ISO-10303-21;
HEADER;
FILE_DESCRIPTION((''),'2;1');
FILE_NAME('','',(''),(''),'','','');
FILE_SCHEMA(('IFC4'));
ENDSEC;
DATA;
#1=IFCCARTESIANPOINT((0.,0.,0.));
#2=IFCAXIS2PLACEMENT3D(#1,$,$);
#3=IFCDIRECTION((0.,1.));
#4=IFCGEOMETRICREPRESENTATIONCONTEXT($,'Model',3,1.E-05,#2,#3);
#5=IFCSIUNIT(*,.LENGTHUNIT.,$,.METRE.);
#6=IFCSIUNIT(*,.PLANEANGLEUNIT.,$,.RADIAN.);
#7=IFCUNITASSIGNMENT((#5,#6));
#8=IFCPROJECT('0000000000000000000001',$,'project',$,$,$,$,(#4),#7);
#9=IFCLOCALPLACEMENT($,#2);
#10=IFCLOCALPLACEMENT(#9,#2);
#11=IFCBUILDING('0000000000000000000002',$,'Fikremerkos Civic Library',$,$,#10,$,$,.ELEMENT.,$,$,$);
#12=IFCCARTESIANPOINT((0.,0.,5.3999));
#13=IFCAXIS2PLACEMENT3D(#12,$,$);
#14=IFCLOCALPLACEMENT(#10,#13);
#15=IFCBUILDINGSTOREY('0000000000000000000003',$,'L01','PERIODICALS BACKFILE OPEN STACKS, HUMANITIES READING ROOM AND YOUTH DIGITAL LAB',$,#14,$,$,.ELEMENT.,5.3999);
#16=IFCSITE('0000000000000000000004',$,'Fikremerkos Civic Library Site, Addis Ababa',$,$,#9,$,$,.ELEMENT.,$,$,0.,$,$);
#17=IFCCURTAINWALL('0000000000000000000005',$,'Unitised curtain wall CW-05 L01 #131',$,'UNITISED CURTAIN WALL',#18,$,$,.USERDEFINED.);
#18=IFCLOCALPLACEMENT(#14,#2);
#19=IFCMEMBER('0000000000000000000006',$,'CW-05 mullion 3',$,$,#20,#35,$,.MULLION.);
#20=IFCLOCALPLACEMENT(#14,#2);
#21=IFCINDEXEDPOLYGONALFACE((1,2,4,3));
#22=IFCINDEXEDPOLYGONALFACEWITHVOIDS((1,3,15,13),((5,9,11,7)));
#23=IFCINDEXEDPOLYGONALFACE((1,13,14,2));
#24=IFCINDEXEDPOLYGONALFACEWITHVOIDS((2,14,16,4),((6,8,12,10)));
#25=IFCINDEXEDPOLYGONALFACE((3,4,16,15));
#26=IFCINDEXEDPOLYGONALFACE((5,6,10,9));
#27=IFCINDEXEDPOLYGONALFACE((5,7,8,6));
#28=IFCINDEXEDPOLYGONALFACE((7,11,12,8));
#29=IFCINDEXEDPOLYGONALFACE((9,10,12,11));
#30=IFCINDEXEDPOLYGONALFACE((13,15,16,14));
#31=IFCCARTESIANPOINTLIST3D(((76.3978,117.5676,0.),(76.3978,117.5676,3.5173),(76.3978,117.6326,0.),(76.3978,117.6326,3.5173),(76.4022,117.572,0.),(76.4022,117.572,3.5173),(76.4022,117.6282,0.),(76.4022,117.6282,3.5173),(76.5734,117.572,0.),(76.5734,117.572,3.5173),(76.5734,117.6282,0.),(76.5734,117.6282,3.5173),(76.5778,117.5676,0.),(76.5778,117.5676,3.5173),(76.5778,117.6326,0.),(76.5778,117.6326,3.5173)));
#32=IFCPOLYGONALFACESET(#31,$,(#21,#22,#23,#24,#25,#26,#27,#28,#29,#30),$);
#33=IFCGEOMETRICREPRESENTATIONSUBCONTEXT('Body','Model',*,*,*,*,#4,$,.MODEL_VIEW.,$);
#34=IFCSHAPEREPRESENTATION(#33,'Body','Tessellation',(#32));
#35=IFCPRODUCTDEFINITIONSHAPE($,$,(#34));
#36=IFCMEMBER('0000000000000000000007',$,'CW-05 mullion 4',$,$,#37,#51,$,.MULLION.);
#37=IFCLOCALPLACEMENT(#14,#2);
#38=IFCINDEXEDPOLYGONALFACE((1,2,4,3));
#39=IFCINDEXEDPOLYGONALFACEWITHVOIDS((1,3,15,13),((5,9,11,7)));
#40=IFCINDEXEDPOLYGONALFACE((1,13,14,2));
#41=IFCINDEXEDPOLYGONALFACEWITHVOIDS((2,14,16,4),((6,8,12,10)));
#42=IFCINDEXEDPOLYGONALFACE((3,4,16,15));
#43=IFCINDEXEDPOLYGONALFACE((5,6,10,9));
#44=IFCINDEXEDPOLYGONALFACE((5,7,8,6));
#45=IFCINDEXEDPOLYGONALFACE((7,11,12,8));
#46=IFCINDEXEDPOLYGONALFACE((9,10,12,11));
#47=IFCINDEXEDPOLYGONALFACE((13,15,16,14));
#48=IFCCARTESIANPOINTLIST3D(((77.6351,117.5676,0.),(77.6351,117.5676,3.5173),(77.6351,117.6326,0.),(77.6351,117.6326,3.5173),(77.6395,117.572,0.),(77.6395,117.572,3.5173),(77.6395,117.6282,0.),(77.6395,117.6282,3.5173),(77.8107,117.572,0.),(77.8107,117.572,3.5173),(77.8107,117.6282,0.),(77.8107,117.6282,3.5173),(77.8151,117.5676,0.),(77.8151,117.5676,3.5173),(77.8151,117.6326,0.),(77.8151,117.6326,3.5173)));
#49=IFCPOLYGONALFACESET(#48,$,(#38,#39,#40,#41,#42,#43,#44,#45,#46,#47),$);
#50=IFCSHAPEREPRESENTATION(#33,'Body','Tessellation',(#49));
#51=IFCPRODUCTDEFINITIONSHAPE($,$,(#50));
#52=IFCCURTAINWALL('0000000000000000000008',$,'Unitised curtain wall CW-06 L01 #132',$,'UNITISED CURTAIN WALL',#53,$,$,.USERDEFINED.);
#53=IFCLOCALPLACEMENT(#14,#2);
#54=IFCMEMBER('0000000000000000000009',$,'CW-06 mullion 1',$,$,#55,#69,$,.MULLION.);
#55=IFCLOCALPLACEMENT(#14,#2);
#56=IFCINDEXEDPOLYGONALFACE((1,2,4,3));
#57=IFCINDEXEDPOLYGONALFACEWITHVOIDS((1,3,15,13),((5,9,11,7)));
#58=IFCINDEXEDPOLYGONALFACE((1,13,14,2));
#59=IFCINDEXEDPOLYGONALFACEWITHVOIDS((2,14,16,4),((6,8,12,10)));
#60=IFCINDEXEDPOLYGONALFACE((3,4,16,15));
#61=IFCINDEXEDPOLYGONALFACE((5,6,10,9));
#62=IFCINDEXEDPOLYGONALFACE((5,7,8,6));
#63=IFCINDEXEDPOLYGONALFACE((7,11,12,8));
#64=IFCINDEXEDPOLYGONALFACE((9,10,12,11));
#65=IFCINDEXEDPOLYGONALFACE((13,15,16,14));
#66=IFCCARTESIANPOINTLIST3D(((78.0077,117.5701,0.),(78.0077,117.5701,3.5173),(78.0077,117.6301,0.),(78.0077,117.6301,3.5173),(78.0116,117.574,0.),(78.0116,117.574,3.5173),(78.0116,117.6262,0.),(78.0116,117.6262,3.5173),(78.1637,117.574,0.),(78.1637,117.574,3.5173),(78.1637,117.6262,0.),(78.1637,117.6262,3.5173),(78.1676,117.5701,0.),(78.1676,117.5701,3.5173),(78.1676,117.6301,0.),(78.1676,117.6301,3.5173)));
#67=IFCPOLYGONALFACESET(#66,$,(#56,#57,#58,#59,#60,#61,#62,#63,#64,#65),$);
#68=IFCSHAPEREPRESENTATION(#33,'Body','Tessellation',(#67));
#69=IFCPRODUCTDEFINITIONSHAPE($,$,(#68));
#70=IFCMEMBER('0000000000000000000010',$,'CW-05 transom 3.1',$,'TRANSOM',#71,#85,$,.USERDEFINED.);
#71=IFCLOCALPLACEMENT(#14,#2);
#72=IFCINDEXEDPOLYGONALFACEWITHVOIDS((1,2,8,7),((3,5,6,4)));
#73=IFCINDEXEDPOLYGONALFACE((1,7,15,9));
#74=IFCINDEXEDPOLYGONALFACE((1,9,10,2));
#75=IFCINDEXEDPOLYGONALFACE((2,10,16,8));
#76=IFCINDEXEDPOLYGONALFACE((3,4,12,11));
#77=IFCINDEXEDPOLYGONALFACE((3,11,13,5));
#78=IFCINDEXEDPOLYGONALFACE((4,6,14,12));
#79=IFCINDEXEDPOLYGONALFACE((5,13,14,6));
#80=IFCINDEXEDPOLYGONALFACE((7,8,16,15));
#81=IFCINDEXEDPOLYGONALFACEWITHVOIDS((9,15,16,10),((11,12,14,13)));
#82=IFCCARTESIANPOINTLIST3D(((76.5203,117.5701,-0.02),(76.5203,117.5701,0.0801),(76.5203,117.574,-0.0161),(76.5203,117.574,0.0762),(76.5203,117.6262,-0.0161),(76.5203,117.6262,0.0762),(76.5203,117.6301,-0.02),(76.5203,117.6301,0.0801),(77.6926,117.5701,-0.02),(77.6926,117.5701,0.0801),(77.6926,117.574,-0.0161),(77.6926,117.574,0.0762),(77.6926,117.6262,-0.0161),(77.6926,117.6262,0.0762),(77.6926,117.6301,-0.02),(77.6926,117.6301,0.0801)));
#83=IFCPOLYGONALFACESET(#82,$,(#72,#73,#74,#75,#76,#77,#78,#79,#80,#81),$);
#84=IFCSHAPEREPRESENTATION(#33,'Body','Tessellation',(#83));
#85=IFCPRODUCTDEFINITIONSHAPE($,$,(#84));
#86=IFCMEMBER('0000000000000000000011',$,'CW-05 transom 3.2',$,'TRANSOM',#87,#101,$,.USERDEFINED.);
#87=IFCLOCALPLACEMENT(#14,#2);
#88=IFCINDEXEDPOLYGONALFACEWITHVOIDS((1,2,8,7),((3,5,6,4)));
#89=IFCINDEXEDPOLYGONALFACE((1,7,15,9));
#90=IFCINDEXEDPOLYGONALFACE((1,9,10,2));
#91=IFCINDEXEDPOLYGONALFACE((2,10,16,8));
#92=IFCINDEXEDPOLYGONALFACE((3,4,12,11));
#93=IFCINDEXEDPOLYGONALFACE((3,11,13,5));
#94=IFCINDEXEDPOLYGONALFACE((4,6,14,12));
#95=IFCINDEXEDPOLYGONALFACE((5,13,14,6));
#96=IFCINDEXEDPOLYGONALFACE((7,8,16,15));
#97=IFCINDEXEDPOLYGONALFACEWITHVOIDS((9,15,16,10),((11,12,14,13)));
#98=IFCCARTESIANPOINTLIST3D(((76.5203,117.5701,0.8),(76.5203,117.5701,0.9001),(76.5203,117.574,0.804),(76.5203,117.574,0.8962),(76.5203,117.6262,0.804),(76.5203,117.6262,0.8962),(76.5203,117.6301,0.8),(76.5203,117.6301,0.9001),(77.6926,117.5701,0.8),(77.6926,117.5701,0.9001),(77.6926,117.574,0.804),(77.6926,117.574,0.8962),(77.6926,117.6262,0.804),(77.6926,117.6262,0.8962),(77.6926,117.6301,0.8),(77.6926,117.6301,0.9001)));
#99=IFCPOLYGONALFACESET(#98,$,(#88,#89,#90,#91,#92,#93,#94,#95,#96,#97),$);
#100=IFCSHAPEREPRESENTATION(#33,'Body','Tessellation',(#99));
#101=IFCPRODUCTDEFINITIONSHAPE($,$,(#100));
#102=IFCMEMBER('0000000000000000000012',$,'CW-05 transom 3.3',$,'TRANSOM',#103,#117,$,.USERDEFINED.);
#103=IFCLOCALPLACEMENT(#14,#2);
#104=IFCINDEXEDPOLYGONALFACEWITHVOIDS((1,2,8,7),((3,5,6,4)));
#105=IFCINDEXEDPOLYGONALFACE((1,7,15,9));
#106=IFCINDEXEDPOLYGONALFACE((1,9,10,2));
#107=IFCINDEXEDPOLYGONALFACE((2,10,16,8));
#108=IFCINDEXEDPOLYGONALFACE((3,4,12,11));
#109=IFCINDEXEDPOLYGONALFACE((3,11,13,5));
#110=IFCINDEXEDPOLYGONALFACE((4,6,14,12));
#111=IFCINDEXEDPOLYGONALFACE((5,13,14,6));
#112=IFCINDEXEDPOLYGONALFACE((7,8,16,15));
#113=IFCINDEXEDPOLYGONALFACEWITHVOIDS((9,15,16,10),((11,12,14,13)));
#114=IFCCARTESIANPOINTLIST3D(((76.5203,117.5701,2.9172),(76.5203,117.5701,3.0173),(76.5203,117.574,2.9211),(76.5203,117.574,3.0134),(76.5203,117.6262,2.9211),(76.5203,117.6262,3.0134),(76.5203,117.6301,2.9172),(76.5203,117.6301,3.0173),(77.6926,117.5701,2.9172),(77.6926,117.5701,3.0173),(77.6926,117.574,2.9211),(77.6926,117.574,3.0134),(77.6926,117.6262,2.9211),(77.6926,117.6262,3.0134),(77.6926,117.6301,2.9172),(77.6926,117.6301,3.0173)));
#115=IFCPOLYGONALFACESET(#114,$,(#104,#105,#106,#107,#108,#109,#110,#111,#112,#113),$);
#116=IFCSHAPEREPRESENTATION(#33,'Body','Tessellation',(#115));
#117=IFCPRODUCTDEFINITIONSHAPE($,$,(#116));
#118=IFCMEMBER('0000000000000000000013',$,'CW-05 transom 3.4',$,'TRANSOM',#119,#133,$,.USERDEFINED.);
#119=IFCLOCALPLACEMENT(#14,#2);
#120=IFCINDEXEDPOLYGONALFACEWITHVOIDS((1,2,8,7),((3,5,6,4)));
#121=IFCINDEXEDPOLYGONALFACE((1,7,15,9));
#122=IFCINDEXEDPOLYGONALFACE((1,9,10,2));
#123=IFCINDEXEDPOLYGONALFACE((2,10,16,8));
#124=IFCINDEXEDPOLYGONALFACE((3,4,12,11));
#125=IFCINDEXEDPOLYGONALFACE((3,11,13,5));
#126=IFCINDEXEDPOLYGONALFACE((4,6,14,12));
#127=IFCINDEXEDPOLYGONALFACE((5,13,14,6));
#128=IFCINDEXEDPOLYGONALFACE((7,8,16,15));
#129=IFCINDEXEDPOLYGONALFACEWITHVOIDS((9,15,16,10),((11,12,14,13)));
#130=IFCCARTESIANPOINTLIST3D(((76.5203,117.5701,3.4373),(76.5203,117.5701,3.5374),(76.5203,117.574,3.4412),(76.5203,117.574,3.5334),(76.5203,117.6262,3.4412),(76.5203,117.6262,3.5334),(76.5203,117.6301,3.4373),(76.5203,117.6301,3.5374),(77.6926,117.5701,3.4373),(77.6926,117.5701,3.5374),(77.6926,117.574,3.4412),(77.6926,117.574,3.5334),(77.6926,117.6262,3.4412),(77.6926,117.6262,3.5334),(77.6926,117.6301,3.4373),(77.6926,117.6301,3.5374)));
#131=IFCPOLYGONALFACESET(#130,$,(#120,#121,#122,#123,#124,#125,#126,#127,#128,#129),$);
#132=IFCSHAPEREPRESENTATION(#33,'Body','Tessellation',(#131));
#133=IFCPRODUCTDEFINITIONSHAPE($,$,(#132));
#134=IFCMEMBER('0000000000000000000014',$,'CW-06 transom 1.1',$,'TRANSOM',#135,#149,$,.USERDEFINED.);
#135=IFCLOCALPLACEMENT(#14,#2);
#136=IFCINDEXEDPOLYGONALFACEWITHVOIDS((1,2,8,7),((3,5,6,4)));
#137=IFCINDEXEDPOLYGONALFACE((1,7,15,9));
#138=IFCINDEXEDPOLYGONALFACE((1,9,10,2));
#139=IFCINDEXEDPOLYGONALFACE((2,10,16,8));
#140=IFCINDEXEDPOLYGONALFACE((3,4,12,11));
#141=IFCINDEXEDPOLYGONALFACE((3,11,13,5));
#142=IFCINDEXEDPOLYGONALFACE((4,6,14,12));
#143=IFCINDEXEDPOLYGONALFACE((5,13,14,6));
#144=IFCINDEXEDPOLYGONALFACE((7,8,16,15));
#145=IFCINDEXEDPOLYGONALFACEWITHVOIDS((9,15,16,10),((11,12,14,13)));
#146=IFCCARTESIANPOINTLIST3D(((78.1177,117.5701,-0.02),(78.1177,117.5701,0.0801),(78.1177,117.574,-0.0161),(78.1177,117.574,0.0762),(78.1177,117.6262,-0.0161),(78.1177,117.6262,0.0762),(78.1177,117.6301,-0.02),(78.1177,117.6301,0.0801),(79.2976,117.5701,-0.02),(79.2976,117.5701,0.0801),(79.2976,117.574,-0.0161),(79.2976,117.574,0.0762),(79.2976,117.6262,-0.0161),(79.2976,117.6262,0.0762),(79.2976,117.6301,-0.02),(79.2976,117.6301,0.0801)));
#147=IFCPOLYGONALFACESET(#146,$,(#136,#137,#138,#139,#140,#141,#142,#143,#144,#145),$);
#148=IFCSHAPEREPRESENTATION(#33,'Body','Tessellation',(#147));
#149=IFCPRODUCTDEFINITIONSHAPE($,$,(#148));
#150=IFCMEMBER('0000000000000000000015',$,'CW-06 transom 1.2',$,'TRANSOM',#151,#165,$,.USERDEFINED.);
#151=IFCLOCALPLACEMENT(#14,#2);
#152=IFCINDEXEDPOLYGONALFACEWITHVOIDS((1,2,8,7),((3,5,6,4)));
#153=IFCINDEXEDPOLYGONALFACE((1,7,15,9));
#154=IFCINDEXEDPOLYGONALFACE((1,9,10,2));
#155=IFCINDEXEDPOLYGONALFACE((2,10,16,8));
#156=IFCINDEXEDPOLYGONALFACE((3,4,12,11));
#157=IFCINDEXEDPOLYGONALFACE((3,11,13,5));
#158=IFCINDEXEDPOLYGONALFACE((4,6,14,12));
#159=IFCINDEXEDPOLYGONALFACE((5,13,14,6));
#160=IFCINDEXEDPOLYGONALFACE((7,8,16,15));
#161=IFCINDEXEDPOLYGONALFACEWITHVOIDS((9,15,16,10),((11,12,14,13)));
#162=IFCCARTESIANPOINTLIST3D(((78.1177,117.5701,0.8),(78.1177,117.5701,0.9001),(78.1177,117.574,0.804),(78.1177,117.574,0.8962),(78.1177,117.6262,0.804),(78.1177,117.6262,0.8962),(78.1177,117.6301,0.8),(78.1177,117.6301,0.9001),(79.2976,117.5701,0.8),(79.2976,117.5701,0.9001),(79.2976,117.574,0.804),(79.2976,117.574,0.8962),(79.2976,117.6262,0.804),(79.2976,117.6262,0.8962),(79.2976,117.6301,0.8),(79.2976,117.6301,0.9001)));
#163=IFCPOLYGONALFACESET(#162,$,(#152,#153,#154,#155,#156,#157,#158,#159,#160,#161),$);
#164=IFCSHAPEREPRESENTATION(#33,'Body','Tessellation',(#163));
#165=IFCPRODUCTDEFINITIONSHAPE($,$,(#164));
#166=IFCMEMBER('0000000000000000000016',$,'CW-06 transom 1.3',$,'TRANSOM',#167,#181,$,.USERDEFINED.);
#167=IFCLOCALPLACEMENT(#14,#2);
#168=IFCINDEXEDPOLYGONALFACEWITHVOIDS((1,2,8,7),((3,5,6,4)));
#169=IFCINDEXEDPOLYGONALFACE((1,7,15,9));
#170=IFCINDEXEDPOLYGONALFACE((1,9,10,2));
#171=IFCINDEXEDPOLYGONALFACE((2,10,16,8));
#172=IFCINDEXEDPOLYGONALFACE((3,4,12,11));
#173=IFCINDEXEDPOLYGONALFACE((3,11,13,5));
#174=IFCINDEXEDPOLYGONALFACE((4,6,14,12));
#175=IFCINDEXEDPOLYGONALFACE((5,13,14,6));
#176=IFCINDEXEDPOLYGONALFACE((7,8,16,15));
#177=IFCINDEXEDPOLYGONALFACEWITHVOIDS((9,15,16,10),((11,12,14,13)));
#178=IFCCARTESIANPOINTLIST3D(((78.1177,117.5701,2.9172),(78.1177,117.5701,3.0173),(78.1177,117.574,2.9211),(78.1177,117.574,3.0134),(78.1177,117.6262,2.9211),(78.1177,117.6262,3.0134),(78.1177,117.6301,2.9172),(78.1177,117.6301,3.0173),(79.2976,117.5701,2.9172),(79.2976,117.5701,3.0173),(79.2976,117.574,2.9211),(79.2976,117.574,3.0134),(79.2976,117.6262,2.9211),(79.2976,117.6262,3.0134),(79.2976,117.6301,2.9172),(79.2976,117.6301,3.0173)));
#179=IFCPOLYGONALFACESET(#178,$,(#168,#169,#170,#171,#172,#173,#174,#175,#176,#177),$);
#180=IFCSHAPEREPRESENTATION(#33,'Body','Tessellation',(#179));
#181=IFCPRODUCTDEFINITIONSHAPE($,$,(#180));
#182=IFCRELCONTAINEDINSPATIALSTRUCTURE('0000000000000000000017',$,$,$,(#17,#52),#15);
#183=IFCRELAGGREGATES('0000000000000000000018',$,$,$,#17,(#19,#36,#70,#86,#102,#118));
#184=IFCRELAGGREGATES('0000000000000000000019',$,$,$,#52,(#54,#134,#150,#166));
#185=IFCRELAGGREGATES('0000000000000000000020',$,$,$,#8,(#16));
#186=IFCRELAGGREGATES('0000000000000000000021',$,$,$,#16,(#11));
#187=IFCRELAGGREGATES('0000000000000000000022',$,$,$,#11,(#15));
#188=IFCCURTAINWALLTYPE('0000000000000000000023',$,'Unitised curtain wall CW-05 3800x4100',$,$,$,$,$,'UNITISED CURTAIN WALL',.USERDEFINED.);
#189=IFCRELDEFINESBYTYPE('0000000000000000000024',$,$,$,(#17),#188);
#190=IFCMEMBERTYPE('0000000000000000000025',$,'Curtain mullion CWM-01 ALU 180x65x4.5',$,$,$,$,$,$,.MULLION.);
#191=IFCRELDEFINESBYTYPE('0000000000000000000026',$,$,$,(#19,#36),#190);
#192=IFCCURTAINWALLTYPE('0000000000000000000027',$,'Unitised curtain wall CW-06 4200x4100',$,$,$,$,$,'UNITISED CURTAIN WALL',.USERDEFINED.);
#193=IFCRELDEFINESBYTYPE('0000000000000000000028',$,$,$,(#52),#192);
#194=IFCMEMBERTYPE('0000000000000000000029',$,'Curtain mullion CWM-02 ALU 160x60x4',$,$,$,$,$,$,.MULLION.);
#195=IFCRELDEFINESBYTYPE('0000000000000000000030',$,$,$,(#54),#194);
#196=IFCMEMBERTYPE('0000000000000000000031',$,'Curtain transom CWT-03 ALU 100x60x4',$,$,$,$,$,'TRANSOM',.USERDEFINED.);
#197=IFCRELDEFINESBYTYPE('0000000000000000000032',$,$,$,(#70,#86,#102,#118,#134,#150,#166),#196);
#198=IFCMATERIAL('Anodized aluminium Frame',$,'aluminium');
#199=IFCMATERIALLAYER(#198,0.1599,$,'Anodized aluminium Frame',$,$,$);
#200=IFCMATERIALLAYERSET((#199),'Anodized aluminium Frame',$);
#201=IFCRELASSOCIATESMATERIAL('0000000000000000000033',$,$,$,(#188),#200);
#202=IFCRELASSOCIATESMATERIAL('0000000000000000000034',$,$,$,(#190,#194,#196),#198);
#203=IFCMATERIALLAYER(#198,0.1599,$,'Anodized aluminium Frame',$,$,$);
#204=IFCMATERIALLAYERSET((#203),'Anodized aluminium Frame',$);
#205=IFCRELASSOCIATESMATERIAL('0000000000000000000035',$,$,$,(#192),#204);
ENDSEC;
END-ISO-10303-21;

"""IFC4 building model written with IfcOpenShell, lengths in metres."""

from ifc_helpers import new_model, si_unit, direction, frame, origin, origin_2d, place, context, subcontext, project, spatial, hollow_rectangle, extrude, material, layer, layer_set, material_profile, profile_set, type_object, element, aggregate, save


model = new_model("IFC4")

# Units and contexts
model_context = context("Model", 3, precision=1e-05, world=origin(), true_north=direction((0.0, 1.0)))
body_context = subcontext(model_context, "Body", "Model", "MODEL_VIEW")
ifc_project = project(units=[si_unit("LENGTHUNIT", "METRE"), si_unit("PLANEANGLEUNIT", "RADIAN")], contexts=[model_context])

# Site, building, storey
site_placement = place(None, origin())
site = spatial("IfcSite", under=ifc_project, at=site_placement, Name="Fikremerkos Civic Library Site, Addis Ababa", CompositionType="ELEMENT", RefElevation=0.0)
building_placement = place(site_placement, origin())
building = spatial("IfcBuilding", under=site, at=building_placement, Name="Fikremerkos Civic Library", CompositionType="ELEMENT")
storey_placement = place(building_placement, frame((0.0, 0.0, 5.3999)))
storey = spatial("IfcBuildingStorey", under=building, at=storey_placement, Name="L01", Description="PERIODICALS BACKFILE OPEN STACKS, HUMANITIES READING ROOM AND YOUTH DIGITAL LAB", CompositionType="ELEMENT", Elevation=5.3999)

# Curtain wall, members
ifc_material_1 = material(Name="Anodized aluminium Frame", Category="aluminium")
ifc_layer_1 = layer(ifc_material_1, 0.1599, Name="Anodized aluminium Frame")
ifc_layer_set_1 = layer_set([ifc_layer_1], Name="Anodized aluminium Frame")
curtain_wall_type_1 = type_object("IfcCurtainWallType", Name="Unitised curtain wall CW-05 3800x4100", ElementType="UNITISED CURTAIN WALL", PredefinedType="USERDEFINED", material=ifc_layer_set_1)
curtain_wall_1_placement = place(storey_placement, origin())
curtain_wall_1 = element("IfcCurtainWall", 1, at=curtain_wall_1_placement, inside=storey, type_object=curtain_wall_type_1, Name="Unitised curtain wall CW-05 L01 #131", ObjectType="UNITISED CURTAIN WALL", PredefinedType="USERDEFINED")
ifc_material_profile_1 = material_profile(ifc_material_1, hollow_rectangle(XDim=0.0649, YDim=0.1799, WallThickness=0.0044, at=origin_2d()), Name="ALU 180x65x4.5")
ifc_profile_set_1 = profile_set([ifc_material_profile_1], Name="Anodized aluminium Frame")
member_type_1 = type_object("IfcMemberType", Name="Curtain mullion CWM-01 ALU 180x65x4.5", PredefinedType="MULLION", material=ifc_profile_set_1)
member_1_placement = place(storey_placement, frame((76.4878, 117.6001, 0.0), z_axis=(0.0, 0.0, 1.0), x_axis=(0.0, 1.0, 0.0)))
member_1 = element("IfcMember", 2, at=member_1_placement, type_object=member_type_1, Name="CW-05 mullion 3", PredefinedType="MULLION", context=body_context, shape_type="SweptSolid", body=[
    extrude(hollow_rectangle(XDim=0.0649, YDim=0.1799, WallThickness=0.0044, at=origin_2d()), origin(), (0.0, 0.0, 1.0), 3.5173),
])
member_2_placement = place(storey_placement, frame((77.7251, 117.6001, 0.0), z_axis=(0.0, 0.0, 1.0), x_axis=(0.0, 1.0, 0.0)))
member_2 = element("IfcMember", 3, at=member_2_placement, type_object=member_type_1, Name="CW-05 mullion 4", PredefinedType="MULLION", context=body_context, shape_type="SweptSolid", body=[
    extrude(hollow_rectangle(XDim=0.0649, YDim=0.1799, WallThickness=0.0044, at=origin_2d()), origin(), (0.0, 0.0, 1.0), 3.5173),
])

# Curtain wall, member
ifc_layer_2 = layer(ifc_material_1, 0.1599, Name="Anodized aluminium Frame")
ifc_layer_set_2 = layer_set([ifc_layer_2], Name="Anodized aluminium Frame")
curtain_wall_type_2 = type_object("IfcCurtainWallType", Name="Unitised curtain wall CW-06 4200x4100", ElementType="UNITISED CURTAIN WALL", PredefinedType="USERDEFINED", material=ifc_layer_set_2)
curtain_wall_2_placement = place(storey_placement, origin())
curtain_wall_2 = element("IfcCurtainWall", 4, at=curtain_wall_2_placement, inside=storey, type_object=curtain_wall_type_2, Name="Unitised curtain wall CW-06 L01 #132", ObjectType="UNITISED CURTAIN WALL", PredefinedType="USERDEFINED")
ifc_material_profile_2 = material_profile(ifc_material_1, hollow_rectangle(XDim=0.0601, YDim=0.1599, WallThickness=0.0039, at=origin_2d()), Name="ALU 160x60x4")
ifc_profile_set_2 = profile_set([ifc_material_profile_2], Name="Anodized aluminium Frame")
member_type_2 = type_object("IfcMemberType", Name="Curtain mullion CWM-02 ALU 160x60x4", PredefinedType="MULLION", material=ifc_profile_set_2)
member_3_placement = place(storey_placement, frame((78.0876, 117.6001, 0.0), z_axis=(0.0, 0.0, 1.0), x_axis=(0.0, 1.0, 0.0)))
member_3 = element("IfcMember", 5, at=member_3_placement, type_object=member_type_2, Name="CW-06 mullion 1", PredefinedType="MULLION", context=body_context, shape_type="SweptSolid", body=[
    extrude(hollow_rectangle(XDim=0.0601, YDim=0.1599, WallThickness=0.0039, at=origin_2d()), origin(), (0.0, 0.0, 1.0), 3.5173),
])

# Members
ifc_material_profile_3 = material_profile(ifc_material_1, hollow_rectangle(XDim=0.0601, YDim=0.1001, WallThickness=0.0039, at=origin_2d()), Name="ALU 100x60x4")
ifc_profile_set_3 = profile_set([ifc_material_profile_3], Name="Anodized aluminium Frame")
member_type_3 = type_object("IfcMemberType", Name="Curtain transom CWT-03 ALU 100x60x4", ElementType="TRANSOM", PredefinedType="USERDEFINED", material=ifc_profile_set_3)
member_4_placement = place(storey_placement, frame((76.5203, 117.6001, 0.03), z_axis=(1.0, 0.0, 0.0), x_axis=(0.0, 1.0, 0.0)))
member_4 = element("IfcMember", 6, at=member_4_placement, type_object=member_type_3, Name="CW-05 transom 3.1", ObjectType="TRANSOM", PredefinedType="USERDEFINED", context=body_context, shape_type="SweptSolid", body=[
    extrude(hollow_rectangle(XDim=0.0601, YDim=0.1001, WallThickness=0.0039, at=origin_2d()), origin(), (0.0, 0.0, 1.0), 1.1724),
])
member_5_placement = place(storey_placement, frame((76.5203, 117.6001, 0.8501), z_axis=(1.0, 0.0, 0.0), x_axis=(0.0, 1.0, 0.0)))
member_5 = element("IfcMember", 7, at=member_5_placement, type_object=member_type_3, Name="CW-05 transom 3.2", ObjectType="TRANSOM", PredefinedType="USERDEFINED", context=body_context, shape_type="SweptSolid", body=[
    extrude(hollow_rectangle(XDim=0.0601, YDim=0.1001, WallThickness=0.0039, at=origin_2d()), origin(), (0.0, 0.0, 1.0), 1.1724),
])
member_6_placement = place(storey_placement, frame((76.5203, 117.6001, 2.9673), z_axis=(1.0, 0.0, 0.0), x_axis=(0.0, 1.0, 0.0)))
member_6 = element("IfcMember", 8, at=member_6_placement, type_object=member_type_3, Name="CW-05 transom 3.3", ObjectType="TRANSOM", PredefinedType="USERDEFINED", context=body_context, shape_type="SweptSolid", body=[
    extrude(hollow_rectangle(XDim=0.0601, YDim=0.1001, WallThickness=0.0039, at=origin_2d()), origin(), (0.0, 0.0, 1.0), 1.1724),
])
member_7_placement = place(storey_placement, frame((76.5203, 117.6001, 3.4873), z_axis=(1.0, 0.0, 0.0), x_axis=(0.0, 1.0, 0.0)))
member_7 = element("IfcMember", 9, at=member_7_placement, type_object=member_type_3, Name="CW-05 transom 3.4", ObjectType="TRANSOM", PredefinedType="USERDEFINED", context=body_context, shape_type="SweptSolid", body=[
    extrude(hollow_rectangle(XDim=0.0601, YDim=0.1001, WallThickness=0.0039, at=origin_2d()), origin(), (0.0, 0.0, 1.0), 1.1724),
])
member_8_placement = place(storey_placement, frame((78.1177, 117.6001, 0.03), z_axis=(1.0, 0.0, 0.0), x_axis=(0.0, 1.0, 0.0)))
member_8 = element("IfcMember", 10, at=member_8_placement, type_object=member_type_3, Name="CW-06 transom 1.1", ObjectType="TRANSOM", PredefinedType="USERDEFINED", context=body_context, shape_type="SweptSolid", body=[
    extrude(hollow_rectangle(XDim=0.0601, YDim=0.1001, WallThickness=0.0039, at=origin_2d()), origin(), (0.0, 0.0, 1.0), 1.1799),
])
member_9_placement = place(storey_placement, frame((78.1177, 117.6001, 0.8501), z_axis=(1.0, 0.0, 0.0), x_axis=(0.0, 1.0, 0.0)))
member_9 = element("IfcMember", 11, at=member_9_placement, type_object=member_type_3, Name="CW-06 transom 1.2", ObjectType="TRANSOM", PredefinedType="USERDEFINED", context=body_context, shape_type="SweptSolid", body=[
    extrude(hollow_rectangle(XDim=0.0601, YDim=0.1001, WallThickness=0.0039, at=origin_2d()), origin(), (0.0, 0.0, 1.0), 1.1799),
])
member_10_placement = place(storey_placement, frame((78.1177, 117.6001, 2.9673), z_axis=(1.0, 0.0, 0.0), x_axis=(0.0, 1.0, 0.0)))
member_10 = element("IfcMember", 12, at=member_10_placement, type_object=member_type_3, Name="CW-06 transom 1.3", ObjectType="TRANSOM", PredefinedType="USERDEFINED", context=body_context, shape_type="SweptSolid", body=[
    extrude(hollow_rectangle(XDim=0.0601, YDim=0.1001, WallThickness=0.0039, at=origin_2d()), origin(), (0.0, 0.0, 1.0), 1.1799),
])

aggregate(curtain_wall_1, [member_1, member_2, member_4, member_5, member_6, member_7])
aggregate(curtain_wall_2, [member_3, member_8, member_9, member_10])

save(model, "model.ifc")
